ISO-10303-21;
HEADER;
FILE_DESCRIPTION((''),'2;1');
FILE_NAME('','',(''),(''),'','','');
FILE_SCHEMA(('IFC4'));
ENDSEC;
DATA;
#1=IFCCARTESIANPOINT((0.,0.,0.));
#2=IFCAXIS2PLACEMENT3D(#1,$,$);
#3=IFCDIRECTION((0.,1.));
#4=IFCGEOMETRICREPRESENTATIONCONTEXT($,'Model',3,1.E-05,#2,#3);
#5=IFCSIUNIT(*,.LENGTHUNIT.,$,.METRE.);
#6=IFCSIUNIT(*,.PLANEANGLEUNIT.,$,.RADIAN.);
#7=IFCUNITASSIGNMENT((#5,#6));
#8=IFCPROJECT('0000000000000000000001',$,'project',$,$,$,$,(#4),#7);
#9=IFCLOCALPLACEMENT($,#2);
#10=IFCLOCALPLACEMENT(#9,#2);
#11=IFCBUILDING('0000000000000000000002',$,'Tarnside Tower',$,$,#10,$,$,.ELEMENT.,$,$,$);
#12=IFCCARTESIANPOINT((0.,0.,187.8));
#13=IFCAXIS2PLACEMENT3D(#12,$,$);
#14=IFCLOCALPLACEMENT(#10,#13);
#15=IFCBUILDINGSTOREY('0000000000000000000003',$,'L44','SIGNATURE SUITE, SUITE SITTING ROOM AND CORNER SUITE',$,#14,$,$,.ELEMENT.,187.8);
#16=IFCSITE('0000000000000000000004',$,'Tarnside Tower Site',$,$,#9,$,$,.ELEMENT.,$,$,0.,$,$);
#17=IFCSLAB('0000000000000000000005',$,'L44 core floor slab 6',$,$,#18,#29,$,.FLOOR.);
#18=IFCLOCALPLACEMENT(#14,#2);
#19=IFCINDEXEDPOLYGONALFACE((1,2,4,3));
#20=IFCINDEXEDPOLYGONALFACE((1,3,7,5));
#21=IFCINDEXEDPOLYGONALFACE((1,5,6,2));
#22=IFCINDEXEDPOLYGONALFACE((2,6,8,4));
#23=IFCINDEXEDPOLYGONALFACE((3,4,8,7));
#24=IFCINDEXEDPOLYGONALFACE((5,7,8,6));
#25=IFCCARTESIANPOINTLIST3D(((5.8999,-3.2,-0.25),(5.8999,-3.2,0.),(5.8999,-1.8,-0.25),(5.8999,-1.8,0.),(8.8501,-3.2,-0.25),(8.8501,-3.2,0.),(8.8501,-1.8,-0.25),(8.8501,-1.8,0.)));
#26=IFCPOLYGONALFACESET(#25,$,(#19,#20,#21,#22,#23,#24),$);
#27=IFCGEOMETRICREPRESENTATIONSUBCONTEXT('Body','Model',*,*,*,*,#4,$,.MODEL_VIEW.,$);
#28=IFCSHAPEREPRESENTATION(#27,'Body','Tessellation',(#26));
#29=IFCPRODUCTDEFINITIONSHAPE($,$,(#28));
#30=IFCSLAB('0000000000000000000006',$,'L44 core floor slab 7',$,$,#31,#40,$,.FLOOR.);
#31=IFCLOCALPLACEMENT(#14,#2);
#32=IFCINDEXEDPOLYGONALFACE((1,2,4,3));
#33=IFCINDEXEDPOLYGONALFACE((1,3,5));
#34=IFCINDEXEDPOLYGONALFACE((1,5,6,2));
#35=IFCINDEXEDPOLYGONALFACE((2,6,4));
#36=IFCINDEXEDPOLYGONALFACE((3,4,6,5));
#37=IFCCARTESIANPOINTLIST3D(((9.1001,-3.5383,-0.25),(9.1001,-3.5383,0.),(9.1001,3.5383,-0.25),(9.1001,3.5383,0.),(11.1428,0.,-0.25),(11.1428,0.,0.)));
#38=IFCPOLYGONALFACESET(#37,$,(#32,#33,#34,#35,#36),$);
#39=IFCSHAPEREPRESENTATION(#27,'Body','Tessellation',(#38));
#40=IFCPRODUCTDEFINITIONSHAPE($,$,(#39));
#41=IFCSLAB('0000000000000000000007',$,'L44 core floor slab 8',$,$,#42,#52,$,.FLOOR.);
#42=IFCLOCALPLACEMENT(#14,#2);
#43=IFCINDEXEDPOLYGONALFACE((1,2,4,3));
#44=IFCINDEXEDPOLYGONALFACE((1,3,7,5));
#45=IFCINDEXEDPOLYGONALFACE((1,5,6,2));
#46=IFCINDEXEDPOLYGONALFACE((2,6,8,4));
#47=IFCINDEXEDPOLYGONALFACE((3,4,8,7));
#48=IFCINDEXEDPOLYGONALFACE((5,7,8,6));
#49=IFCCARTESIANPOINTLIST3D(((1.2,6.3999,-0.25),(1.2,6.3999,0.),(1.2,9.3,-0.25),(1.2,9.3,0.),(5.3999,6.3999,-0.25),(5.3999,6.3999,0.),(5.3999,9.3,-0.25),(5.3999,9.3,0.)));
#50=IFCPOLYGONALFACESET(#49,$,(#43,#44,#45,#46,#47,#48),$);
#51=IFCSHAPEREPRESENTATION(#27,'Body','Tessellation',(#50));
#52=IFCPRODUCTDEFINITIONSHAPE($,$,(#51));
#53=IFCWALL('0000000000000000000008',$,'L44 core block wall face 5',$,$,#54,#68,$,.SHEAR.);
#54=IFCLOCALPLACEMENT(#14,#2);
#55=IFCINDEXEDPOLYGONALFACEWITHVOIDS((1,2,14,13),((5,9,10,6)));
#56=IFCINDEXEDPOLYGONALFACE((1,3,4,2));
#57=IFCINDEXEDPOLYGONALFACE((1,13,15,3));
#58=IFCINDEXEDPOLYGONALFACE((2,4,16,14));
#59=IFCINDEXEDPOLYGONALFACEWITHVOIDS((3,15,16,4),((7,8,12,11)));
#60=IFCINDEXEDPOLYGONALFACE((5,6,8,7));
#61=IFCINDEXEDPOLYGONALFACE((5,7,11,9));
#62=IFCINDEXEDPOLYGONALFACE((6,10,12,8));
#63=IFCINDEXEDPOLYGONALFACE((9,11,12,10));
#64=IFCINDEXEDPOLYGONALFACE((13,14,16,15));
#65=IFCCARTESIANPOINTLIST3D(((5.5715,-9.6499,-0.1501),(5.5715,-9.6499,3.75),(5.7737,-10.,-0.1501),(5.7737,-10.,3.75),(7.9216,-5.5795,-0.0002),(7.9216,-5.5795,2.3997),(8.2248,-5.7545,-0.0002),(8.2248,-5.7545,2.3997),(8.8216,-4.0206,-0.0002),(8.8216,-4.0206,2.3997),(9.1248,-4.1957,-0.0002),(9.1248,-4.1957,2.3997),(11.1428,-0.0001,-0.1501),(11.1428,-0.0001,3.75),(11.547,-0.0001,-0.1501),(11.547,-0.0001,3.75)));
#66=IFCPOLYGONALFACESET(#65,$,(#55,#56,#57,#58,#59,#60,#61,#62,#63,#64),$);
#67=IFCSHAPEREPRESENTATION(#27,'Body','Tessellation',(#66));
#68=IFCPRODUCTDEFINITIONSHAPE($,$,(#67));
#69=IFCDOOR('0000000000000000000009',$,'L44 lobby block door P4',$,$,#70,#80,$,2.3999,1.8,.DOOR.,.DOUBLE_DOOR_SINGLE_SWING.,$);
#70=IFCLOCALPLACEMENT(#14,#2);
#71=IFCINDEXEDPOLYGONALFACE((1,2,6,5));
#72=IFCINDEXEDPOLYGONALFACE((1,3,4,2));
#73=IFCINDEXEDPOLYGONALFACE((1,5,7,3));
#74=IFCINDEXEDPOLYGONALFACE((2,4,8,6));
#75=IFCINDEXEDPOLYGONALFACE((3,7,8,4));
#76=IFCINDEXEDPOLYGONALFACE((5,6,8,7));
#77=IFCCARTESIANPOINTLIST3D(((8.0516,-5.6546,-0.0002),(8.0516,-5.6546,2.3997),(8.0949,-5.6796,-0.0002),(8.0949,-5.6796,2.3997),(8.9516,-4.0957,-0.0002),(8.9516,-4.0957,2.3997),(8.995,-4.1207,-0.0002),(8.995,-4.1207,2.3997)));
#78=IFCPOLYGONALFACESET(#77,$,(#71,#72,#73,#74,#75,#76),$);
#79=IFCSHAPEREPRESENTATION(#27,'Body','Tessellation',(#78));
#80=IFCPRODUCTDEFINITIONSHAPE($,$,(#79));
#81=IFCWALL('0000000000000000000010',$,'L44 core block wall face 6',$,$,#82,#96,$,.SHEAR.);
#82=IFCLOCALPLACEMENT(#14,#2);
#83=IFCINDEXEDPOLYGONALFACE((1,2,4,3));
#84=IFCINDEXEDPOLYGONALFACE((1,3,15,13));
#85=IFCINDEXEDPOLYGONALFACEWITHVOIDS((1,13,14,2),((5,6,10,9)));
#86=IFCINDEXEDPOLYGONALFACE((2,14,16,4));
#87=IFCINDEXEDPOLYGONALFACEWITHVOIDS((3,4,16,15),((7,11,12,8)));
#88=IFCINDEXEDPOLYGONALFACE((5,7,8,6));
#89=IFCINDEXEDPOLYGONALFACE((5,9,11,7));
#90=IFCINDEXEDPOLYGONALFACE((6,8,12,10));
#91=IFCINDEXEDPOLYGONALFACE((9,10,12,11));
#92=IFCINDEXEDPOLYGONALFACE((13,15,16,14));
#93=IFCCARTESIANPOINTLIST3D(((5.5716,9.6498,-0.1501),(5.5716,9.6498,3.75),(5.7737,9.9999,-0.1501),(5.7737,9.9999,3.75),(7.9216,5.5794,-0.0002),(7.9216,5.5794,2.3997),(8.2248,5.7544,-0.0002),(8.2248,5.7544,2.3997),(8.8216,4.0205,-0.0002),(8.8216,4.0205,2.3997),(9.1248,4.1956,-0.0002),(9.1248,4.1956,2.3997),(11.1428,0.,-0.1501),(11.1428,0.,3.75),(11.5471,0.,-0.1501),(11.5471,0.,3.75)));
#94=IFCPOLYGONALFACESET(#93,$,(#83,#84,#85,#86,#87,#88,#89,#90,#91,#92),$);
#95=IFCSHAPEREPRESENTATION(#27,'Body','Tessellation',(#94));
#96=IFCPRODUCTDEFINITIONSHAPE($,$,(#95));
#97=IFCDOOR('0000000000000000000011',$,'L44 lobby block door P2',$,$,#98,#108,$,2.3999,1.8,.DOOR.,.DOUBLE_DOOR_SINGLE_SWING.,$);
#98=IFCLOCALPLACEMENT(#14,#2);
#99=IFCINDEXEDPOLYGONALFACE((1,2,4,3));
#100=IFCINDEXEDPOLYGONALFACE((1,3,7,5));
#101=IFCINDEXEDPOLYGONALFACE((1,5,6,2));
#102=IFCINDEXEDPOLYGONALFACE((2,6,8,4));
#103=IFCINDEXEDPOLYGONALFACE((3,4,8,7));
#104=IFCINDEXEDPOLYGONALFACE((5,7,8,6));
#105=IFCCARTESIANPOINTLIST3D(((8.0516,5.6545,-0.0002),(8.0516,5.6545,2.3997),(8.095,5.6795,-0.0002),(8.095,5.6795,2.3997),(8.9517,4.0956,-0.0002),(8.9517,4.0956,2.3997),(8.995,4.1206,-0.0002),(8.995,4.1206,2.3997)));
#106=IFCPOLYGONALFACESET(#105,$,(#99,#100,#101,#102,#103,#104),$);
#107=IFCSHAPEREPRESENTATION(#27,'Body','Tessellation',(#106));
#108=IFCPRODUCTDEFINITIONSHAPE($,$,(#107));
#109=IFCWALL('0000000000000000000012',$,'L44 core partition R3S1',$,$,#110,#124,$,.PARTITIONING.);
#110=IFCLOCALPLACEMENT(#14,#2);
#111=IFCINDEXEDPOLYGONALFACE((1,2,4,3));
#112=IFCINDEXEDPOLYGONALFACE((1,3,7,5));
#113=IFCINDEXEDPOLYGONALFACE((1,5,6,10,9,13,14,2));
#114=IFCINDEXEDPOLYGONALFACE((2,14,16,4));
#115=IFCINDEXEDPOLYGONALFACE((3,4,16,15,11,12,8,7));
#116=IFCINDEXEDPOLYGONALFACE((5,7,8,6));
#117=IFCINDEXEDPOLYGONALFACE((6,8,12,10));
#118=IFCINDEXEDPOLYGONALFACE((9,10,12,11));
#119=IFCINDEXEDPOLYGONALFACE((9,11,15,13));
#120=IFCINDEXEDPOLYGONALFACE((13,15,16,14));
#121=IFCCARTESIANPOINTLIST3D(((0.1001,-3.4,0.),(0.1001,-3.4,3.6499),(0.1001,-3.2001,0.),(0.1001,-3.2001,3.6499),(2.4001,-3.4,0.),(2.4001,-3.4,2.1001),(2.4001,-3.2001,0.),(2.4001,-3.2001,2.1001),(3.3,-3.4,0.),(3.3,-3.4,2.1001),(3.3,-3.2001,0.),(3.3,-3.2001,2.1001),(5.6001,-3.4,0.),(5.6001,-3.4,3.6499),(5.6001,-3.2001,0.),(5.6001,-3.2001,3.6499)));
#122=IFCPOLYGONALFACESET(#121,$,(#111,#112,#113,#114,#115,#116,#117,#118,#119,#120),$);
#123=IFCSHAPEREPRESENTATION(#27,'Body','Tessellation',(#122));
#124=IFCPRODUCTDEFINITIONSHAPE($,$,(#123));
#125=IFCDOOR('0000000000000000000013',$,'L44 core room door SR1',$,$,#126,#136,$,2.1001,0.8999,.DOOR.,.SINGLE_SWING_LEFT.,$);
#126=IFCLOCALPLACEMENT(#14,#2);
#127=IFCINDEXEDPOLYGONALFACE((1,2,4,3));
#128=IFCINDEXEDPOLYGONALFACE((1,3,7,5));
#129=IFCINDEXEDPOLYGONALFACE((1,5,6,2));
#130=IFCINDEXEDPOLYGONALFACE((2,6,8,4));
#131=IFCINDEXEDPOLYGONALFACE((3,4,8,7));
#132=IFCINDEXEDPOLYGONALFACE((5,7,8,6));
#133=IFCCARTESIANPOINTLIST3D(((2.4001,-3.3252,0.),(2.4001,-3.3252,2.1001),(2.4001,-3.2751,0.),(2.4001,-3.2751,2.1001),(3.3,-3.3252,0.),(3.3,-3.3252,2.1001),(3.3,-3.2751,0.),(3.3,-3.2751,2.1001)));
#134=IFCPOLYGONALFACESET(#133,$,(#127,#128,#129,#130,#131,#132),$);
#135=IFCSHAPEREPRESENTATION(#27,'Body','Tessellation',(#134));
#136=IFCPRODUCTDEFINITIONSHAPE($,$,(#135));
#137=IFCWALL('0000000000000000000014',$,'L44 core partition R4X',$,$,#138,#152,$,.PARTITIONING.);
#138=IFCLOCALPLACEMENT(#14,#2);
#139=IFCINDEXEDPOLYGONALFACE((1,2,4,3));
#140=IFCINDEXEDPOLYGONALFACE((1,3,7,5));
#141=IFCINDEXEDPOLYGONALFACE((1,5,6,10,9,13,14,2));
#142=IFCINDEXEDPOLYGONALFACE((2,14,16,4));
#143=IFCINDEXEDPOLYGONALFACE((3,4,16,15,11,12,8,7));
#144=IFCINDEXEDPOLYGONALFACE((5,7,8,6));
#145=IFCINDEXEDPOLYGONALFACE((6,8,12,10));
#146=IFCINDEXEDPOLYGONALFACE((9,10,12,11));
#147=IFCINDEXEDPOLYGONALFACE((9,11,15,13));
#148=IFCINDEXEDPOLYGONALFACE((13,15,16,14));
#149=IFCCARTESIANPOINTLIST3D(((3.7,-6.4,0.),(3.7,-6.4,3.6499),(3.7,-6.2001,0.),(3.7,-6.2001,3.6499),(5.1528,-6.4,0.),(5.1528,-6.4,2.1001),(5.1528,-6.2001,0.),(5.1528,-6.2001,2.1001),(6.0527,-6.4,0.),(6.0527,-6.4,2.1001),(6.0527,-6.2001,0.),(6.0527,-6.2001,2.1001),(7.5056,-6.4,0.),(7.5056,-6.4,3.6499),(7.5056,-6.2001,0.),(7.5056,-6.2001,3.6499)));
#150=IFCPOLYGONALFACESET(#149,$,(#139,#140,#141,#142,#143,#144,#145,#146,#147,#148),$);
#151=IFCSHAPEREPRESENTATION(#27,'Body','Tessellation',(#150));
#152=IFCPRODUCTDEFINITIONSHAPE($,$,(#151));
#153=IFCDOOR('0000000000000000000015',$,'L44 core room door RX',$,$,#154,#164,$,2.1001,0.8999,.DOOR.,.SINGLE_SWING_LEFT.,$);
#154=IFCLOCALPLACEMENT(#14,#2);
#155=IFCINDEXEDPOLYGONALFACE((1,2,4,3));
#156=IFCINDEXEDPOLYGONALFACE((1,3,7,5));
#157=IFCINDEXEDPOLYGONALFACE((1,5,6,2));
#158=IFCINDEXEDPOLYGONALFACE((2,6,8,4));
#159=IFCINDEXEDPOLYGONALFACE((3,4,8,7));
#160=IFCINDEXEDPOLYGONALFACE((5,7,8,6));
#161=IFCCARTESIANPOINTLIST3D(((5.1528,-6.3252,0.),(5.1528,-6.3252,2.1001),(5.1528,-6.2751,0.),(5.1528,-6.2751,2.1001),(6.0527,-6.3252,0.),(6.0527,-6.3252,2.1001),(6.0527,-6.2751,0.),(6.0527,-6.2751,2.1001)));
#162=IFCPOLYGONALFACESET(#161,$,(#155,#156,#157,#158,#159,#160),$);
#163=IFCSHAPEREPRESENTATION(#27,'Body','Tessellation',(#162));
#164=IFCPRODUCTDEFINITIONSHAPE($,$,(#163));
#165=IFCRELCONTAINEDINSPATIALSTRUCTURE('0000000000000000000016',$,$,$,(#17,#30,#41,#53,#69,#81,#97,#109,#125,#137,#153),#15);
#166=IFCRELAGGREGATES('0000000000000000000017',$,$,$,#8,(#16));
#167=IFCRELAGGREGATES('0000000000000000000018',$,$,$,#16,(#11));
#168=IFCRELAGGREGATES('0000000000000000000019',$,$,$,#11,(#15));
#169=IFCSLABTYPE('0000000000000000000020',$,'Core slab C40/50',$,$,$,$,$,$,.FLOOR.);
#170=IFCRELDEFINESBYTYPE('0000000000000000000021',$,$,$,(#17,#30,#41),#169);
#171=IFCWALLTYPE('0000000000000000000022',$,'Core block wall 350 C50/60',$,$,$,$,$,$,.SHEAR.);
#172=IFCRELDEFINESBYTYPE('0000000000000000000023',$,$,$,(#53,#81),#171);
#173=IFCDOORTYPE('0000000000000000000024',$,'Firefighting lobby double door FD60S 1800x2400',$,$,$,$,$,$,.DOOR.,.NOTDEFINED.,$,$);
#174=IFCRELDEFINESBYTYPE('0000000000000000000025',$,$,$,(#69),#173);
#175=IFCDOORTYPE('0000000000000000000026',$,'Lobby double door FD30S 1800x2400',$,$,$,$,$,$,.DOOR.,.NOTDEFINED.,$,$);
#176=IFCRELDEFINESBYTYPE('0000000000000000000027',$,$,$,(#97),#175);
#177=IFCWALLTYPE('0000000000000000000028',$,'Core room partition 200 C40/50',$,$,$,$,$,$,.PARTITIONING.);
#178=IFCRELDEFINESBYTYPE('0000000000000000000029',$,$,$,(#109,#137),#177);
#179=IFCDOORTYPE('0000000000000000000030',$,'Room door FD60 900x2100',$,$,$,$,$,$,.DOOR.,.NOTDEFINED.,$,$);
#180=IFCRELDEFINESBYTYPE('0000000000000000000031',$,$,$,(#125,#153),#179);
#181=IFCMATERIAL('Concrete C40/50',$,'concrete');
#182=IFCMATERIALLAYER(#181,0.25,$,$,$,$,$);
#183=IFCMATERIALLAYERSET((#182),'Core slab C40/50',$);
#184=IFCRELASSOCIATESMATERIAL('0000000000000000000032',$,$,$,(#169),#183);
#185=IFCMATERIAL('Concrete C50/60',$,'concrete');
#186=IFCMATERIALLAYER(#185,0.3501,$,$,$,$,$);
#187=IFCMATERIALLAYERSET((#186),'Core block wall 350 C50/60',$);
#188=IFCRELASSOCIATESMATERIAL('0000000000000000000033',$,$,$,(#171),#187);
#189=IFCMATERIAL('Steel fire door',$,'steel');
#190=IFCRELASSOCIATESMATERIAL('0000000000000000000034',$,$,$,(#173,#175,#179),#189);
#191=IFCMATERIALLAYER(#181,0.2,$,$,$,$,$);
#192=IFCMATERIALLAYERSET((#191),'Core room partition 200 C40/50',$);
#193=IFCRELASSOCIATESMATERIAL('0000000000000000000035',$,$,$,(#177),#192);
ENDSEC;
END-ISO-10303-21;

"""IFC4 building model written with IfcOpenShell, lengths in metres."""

from ifc_helpers import new_model, si_unit, direction, frame, frame_2d, origin, place, context, subcontext, project, spatial, polyline, rectangle, outline, extrude, material, layer, layer_set, type_object, element, fill, save


model = new_model("IFC4")

# Units and contexts
model_context = context("Model", 3, precision=1e-05, world=origin(), true_north=direction((0.0, 1.0)))
body_context = subcontext(model_context, "Body", "Model", "MODEL_VIEW")
ifc_project = project(units=[si_unit("LENGTHUNIT", "METRE"), si_unit("PLANEANGLEUNIT", "RADIAN")], contexts=[model_context])

# Site, building, storey
site_placement = place(None, origin())
site = spatial("IfcSite", under=ifc_project, at=site_placement, Name="Tarnside Tower Site", CompositionType="ELEMENT", RefElevation=0.0)
building_placement = place(site_placement, origin())
building = spatial("IfcBuilding", under=site, at=building_placement, Name="Tarnside Tower", CompositionType="ELEMENT")
storey_placement = place(building_placement, frame((0.0, 0.0, 187.8)))
storey = spatial("IfcBuildingStorey", under=building, at=storey_placement, Name="L44", Description="SIGNATURE SUITE, SUITE SITTING ROOM AND CORNER SUITE", CompositionType="ELEMENT", Elevation=187.8)

# Slabs
ifc_material_1 = material(Name="Concrete C40/50", Category="concrete")
ifc_layer_1 = layer(ifc_material_1, 0.25)
ifc_layer_set_1 = layer_set([ifc_layer_1], Name="Core slab C40/50")
slab_type = type_object("IfcSlabType", Name="Core slab C40/50", PredefinedType="FLOOR", material=ifc_layer_set_1)
slab_1_placement = place(storey_placement, frame((0.0, 0.0, -0.25)))
element("IfcSlab", 1, at=slab_1_placement, inside=storey, type_object=slab_type, Name="L44 core floor slab 6", PredefinedType="FLOOR", context=body_context, shape_type="SweptSolid", body=[
    extrude(outline(polyline([(5.8999, -3.2), (5.8999, -1.8), (8.8501, -1.8), (8.8501, -3.2), (5.8999, -3.2)])), origin(), (0.0, 0.0, 1.0), 0.25),
])
slab_2_placement = place(storey_placement, frame((0.0, 0.0, -0.25)))
element("IfcSlab", 2, at=slab_2_placement, inside=storey, type_object=slab_type, Name="L44 core floor slab 7", PredefinedType="FLOOR", context=body_context, shape_type="SweptSolid", body=[
    extrude(outline(polyline([(9.1001, -3.5383), (9.1001, 3.5383), (11.1428, 0.0), (9.1001, -3.5383)])), origin(), (0.0, 0.0, 1.0), 0.25),
])
slab_3_placement = place(storey_placement, frame((0.0, 0.0, -0.25)))
element("IfcSlab", 3, at=slab_3_placement, inside=storey, type_object=slab_type, Name="L44 core floor slab 8", PredefinedType="FLOOR", context=body_context, shape_type="SweptSolid", body=[
    extrude(outline(polyline([(5.3999, 9.3), (5.3999, 6.3999), (1.2, 6.3999), (1.2, 9.3), (5.3999, 9.3)])), origin(), (0.0, 0.0, 1.0), 0.25),
])

# Walls, openings, doors
ifc_material_2 = material(Name="Concrete C50/60", Category="concrete")
ifc_layer_2 = layer(ifc_material_2, 0.3501)
ifc_layer_set_2 = layer_set([ifc_layer_2], Name="Core block wall 350 C50/60")
wall_type_1 = type_object("IfcWallType", Name="Core block wall 350 C50/60", PredefinedType="SHEAR", material=ifc_layer_set_2)
wall_1_placement = place(storey_placement, frame((5.6726, -9.825, -0.1501), z_axis=(0.0, 0.0, 1.0), x_axis=(0.499995, 0.866028, 0.0)))
wall_1 = element("IfcWall", 4, at=wall_1_placement, inside=storey, type_object=wall_type_1, Name="L44 core block wall face 5", PredefinedType="SHEAR", context=body_context, shape_type="SweptSolid", body=[
    extrude(outline(polyline([(-0.1011, -0.175), (11.4458, -0.175), (11.2437, 0.175), (0.1011, 0.175), (-0.1011, -0.175)])), origin(), (0.0, 0.0, 1.0), 3.9001),
])
opening_1_placement = place(wall_1_placement, frame((4.8013, 0.0, 0.1499)))
opening_1 = element("IfcOpeningElement", 5, at=opening_1_placement, cuts=wall_1, PredefinedType="OPENING", context=body_context, shape_type="SweptSolid", body=[
    extrude(rectangle(XDim=1.8, YDim=2.3999, at=frame_2d((0.8999, 1.2))), frame((0.0, 0.1851, 0.0), z_axis=(0.0, -1.0, 0.0), x_axis=(1.0, 0.0, 0.0)), (0.0, 0.0, 1.0), 0.3701),
])
ifc_material_3 = material(Name="Steel fire door", Category="steel")
door_type_1 = type_object("IfcDoorType", Name="Firefighting lobby double door FD60S 1800x2400", OperationType="NOTDEFINED", PredefinedType="DOOR", material=ifc_material_3)
door_1_placement = place(opening_1_placement, origin())
door_1 = element("IfcDoor", 6, at=door_1_placement, inside=storey, type_object=door_type_1, Name="L44 lobby block door P4", OperationType="DOUBLE_DOOR_SINGLE_SWING", OverallHeight=2.3999, OverallWidth=1.8, PredefinedType="DOOR", context=body_context, shape_type="SweptSolid", body=[
    extrude(rectangle(XDim=1.8, YDim=2.3999, at=frame_2d((0.8999, 1.2))), frame((0.0, 0.0249, 0.0), z_axis=(0.0, -1.0, 0.0), x_axis=(1.0, 0.0, 0.0)), (0.0, 0.0, 1.0), 0.05),
])
fill(opening_1, door_1)
wall_2_placement = place(storey_placement, frame((11.345, 0.0, -0.1501), z_axis=(0.0, 0.0, 1.0), x_axis=(-0.499995, 0.866028, 0.0)))
wall_2 = element("IfcWall", 7, at=wall_2_placement, inside=storey, type_object=wall_type_1, Name="L44 core block wall face 6", PredefinedType="SHEAR", context=body_context, shape_type="SweptSolid", body=[
    extrude(outline(polyline([(-0.1011, -0.175), (11.4458, -0.175), (11.2437, 0.175), (0.1011, 0.175), (-0.1011, -0.175)])), origin(), (0.0, 0.0, 1.0), 3.9001),
])
opening_2_placement = place(wall_2_placement, frame((4.7437, 0.0, 0.1499)))
opening_2 = element("IfcOpeningElement", 8, at=opening_2_placement, cuts=wall_2, PredefinedType="OPENING", context=body_context, shape_type="SweptSolid", body=[
    extrude(rectangle(XDim=1.8, YDim=2.3999, at=frame_2d((0.8999, 1.2))), frame((0.0, 0.1851, 0.0), z_axis=(0.0, -1.0, 0.0), x_axis=(1.0, 0.0, 0.0)), (0.0, 0.0, 1.0), 0.3701),
])
door_type_2 = type_object("IfcDoorType", Name="Lobby double door FD30S 1800x2400", OperationType="NOTDEFINED", PredefinedType="DOOR", material=ifc_material_3)
door_2_placement = place(opening_2_placement, origin())
door_2 = element("IfcDoor", 9, at=door_2_placement, inside=storey, type_object=door_type_2, Name="L44 lobby block door P2", OperationType="DOUBLE_DOOR_SINGLE_SWING", OverallHeight=2.3999, OverallWidth=1.8, PredefinedType="DOOR", context=body_context, shape_type="SweptSolid", body=[
    extrude(rectangle(XDim=1.8, YDim=2.3999, at=frame_2d((0.8999, 1.2))), frame((0.0, 0.0249, 0.0), z_axis=(0.0, -1.0, 0.0), x_axis=(1.0, 0.0, 0.0)), (0.0, 0.0, 1.0), 0.05),
])
fill(opening_2, door_2)
ifc_layer_3 = layer(ifc_material_1, 0.2)
ifc_layer_set_3 = layer_set([ifc_layer_3], Name="Core room partition 200 C40/50")
wall_type_2 = type_object("IfcWallType", Name="Core room partition 200 C40/50", PredefinedType="PARTITIONING", material=ifc_layer_set_3)
wall_3_placement = place(storey_placement, frame((0.1001, -3.3, 0.0), z_axis=(0.0, 0.0, 1.0), x_axis=(1.0, 0.0, 0.0)))
wall_3 = element("IfcWall", 10, at=wall_3_placement, inside=storey, type_object=wall_type_2, Name="L44 core partition R3S1", PredefinedType="PARTITIONING", context=body_context, shape_type="SweptSolid", body=[
    extrude(rectangle(XDim=5.5, YDim=0.2, at=frame_2d((2.75, 0.0))), origin(), (0.0, 0.0, 1.0), 3.6499),
])
opening_3_placement = place(wall_3_placement, frame((2.3, 0.0, 0.0)))
opening_3 = element("IfcOpeningElement", 11, at=opening_3_placement, cuts=wall_3, PredefinedType="OPENING", context=body_context, shape_type="SweptSolid", body=[
    extrude(rectangle(XDim=0.8999, YDim=2.1001, at=frame_2d((0.45, 1.05))), frame((0.0, 0.1099, 0.0), z_axis=(0.0, -1.0, 0.0), x_axis=(1.0, 0.0, 0.0)), (0.0, 0.0, 1.0), 0.22),
])
door_type_3 = type_object("IfcDoorType", Name="Room door FD60 900x2100", OperationType="NOTDEFINED", PredefinedType="DOOR", material=ifc_material_3)
door_3_placement = place(opening_3_placement, origin())
door_3 = element("IfcDoor", 12, at=door_3_placement, inside=storey, type_object=door_type_3, Name="L44 core room door SR1", OperationType="SINGLE_SWING_LEFT", OverallHeight=2.1001, OverallWidth=0.8999, PredefinedType="DOOR", context=body_context, shape_type="SweptSolid", body=[
    extrude(rectangle(XDim=0.8999, YDim=2.1001, at=frame_2d((0.45, 1.05))), frame((0.0, 0.0249, 0.0), z_axis=(0.0, -1.0, 0.0), x_axis=(1.0, 0.0, 0.0)), (0.0, 0.0, 1.0), 0.05),
])
fill(opening_3, door_3)
wall_4_placement = place(storey_placement, frame((3.7, -6.3, 0.0), z_axis=(0.0, 0.0, 1.0), x_axis=(1.0, 0.0, 0.0)))
wall_4 = element("IfcWall", 13, at=wall_4_placement, inside=storey, type_object=wall_type_2, Name="L44 core partition R4X", PredefinedType="PARTITIONING", context=body_context, shape_type="SweptSolid", body=[
    extrude(rectangle(XDim=3.8057, YDim=0.2, at=frame_2d((1.9028, 0.0))), origin(), (0.0, 0.0, 1.0), 3.6499),
])
opening_4_placement = place(wall_4_placement, frame((1.4529, 0.0, 0.0)))
opening_4 = element("IfcOpeningElement", 14, at=opening_4_placement, cuts=wall_4, PredefinedType="OPENING", context=body_context, shape_type="SweptSolid", body=[
    extrude(rectangle(XDim=0.8999, YDim=2.1001, at=frame_2d((0.45, 1.05))), frame((0.0, 0.1099, 0.0), z_axis=(0.0, -1.0, 0.0), x_axis=(1.0, 0.0, 0.0)), (0.0, 0.0, 1.0), 0.22),
])
door_4_placement = place(opening_4_placement, origin())
door_4 = element("IfcDoor", 15, at=door_4_placement, inside=storey, type_object=door_type_3, Name="L44 core room door RX", OperationType="SINGLE_SWING_LEFT", OverallHeight=2.1001, OverallWidth=0.8999, PredefinedType="DOOR", context=body_context, shape_type="SweptSolid", body=[
    extrude(rectangle(XDim=0.8999, YDim=2.1001, at=frame_2d((0.45, 1.05))), frame((0.0, 0.0249, 0.0), z_axis=(0.0, -1.0, 0.0), x_axis=(1.0, 0.0, 0.0)), (0.0, 0.0, 1.0), 0.05),
])
fill(opening_4, door_4)

save(model, "model.ifc")
